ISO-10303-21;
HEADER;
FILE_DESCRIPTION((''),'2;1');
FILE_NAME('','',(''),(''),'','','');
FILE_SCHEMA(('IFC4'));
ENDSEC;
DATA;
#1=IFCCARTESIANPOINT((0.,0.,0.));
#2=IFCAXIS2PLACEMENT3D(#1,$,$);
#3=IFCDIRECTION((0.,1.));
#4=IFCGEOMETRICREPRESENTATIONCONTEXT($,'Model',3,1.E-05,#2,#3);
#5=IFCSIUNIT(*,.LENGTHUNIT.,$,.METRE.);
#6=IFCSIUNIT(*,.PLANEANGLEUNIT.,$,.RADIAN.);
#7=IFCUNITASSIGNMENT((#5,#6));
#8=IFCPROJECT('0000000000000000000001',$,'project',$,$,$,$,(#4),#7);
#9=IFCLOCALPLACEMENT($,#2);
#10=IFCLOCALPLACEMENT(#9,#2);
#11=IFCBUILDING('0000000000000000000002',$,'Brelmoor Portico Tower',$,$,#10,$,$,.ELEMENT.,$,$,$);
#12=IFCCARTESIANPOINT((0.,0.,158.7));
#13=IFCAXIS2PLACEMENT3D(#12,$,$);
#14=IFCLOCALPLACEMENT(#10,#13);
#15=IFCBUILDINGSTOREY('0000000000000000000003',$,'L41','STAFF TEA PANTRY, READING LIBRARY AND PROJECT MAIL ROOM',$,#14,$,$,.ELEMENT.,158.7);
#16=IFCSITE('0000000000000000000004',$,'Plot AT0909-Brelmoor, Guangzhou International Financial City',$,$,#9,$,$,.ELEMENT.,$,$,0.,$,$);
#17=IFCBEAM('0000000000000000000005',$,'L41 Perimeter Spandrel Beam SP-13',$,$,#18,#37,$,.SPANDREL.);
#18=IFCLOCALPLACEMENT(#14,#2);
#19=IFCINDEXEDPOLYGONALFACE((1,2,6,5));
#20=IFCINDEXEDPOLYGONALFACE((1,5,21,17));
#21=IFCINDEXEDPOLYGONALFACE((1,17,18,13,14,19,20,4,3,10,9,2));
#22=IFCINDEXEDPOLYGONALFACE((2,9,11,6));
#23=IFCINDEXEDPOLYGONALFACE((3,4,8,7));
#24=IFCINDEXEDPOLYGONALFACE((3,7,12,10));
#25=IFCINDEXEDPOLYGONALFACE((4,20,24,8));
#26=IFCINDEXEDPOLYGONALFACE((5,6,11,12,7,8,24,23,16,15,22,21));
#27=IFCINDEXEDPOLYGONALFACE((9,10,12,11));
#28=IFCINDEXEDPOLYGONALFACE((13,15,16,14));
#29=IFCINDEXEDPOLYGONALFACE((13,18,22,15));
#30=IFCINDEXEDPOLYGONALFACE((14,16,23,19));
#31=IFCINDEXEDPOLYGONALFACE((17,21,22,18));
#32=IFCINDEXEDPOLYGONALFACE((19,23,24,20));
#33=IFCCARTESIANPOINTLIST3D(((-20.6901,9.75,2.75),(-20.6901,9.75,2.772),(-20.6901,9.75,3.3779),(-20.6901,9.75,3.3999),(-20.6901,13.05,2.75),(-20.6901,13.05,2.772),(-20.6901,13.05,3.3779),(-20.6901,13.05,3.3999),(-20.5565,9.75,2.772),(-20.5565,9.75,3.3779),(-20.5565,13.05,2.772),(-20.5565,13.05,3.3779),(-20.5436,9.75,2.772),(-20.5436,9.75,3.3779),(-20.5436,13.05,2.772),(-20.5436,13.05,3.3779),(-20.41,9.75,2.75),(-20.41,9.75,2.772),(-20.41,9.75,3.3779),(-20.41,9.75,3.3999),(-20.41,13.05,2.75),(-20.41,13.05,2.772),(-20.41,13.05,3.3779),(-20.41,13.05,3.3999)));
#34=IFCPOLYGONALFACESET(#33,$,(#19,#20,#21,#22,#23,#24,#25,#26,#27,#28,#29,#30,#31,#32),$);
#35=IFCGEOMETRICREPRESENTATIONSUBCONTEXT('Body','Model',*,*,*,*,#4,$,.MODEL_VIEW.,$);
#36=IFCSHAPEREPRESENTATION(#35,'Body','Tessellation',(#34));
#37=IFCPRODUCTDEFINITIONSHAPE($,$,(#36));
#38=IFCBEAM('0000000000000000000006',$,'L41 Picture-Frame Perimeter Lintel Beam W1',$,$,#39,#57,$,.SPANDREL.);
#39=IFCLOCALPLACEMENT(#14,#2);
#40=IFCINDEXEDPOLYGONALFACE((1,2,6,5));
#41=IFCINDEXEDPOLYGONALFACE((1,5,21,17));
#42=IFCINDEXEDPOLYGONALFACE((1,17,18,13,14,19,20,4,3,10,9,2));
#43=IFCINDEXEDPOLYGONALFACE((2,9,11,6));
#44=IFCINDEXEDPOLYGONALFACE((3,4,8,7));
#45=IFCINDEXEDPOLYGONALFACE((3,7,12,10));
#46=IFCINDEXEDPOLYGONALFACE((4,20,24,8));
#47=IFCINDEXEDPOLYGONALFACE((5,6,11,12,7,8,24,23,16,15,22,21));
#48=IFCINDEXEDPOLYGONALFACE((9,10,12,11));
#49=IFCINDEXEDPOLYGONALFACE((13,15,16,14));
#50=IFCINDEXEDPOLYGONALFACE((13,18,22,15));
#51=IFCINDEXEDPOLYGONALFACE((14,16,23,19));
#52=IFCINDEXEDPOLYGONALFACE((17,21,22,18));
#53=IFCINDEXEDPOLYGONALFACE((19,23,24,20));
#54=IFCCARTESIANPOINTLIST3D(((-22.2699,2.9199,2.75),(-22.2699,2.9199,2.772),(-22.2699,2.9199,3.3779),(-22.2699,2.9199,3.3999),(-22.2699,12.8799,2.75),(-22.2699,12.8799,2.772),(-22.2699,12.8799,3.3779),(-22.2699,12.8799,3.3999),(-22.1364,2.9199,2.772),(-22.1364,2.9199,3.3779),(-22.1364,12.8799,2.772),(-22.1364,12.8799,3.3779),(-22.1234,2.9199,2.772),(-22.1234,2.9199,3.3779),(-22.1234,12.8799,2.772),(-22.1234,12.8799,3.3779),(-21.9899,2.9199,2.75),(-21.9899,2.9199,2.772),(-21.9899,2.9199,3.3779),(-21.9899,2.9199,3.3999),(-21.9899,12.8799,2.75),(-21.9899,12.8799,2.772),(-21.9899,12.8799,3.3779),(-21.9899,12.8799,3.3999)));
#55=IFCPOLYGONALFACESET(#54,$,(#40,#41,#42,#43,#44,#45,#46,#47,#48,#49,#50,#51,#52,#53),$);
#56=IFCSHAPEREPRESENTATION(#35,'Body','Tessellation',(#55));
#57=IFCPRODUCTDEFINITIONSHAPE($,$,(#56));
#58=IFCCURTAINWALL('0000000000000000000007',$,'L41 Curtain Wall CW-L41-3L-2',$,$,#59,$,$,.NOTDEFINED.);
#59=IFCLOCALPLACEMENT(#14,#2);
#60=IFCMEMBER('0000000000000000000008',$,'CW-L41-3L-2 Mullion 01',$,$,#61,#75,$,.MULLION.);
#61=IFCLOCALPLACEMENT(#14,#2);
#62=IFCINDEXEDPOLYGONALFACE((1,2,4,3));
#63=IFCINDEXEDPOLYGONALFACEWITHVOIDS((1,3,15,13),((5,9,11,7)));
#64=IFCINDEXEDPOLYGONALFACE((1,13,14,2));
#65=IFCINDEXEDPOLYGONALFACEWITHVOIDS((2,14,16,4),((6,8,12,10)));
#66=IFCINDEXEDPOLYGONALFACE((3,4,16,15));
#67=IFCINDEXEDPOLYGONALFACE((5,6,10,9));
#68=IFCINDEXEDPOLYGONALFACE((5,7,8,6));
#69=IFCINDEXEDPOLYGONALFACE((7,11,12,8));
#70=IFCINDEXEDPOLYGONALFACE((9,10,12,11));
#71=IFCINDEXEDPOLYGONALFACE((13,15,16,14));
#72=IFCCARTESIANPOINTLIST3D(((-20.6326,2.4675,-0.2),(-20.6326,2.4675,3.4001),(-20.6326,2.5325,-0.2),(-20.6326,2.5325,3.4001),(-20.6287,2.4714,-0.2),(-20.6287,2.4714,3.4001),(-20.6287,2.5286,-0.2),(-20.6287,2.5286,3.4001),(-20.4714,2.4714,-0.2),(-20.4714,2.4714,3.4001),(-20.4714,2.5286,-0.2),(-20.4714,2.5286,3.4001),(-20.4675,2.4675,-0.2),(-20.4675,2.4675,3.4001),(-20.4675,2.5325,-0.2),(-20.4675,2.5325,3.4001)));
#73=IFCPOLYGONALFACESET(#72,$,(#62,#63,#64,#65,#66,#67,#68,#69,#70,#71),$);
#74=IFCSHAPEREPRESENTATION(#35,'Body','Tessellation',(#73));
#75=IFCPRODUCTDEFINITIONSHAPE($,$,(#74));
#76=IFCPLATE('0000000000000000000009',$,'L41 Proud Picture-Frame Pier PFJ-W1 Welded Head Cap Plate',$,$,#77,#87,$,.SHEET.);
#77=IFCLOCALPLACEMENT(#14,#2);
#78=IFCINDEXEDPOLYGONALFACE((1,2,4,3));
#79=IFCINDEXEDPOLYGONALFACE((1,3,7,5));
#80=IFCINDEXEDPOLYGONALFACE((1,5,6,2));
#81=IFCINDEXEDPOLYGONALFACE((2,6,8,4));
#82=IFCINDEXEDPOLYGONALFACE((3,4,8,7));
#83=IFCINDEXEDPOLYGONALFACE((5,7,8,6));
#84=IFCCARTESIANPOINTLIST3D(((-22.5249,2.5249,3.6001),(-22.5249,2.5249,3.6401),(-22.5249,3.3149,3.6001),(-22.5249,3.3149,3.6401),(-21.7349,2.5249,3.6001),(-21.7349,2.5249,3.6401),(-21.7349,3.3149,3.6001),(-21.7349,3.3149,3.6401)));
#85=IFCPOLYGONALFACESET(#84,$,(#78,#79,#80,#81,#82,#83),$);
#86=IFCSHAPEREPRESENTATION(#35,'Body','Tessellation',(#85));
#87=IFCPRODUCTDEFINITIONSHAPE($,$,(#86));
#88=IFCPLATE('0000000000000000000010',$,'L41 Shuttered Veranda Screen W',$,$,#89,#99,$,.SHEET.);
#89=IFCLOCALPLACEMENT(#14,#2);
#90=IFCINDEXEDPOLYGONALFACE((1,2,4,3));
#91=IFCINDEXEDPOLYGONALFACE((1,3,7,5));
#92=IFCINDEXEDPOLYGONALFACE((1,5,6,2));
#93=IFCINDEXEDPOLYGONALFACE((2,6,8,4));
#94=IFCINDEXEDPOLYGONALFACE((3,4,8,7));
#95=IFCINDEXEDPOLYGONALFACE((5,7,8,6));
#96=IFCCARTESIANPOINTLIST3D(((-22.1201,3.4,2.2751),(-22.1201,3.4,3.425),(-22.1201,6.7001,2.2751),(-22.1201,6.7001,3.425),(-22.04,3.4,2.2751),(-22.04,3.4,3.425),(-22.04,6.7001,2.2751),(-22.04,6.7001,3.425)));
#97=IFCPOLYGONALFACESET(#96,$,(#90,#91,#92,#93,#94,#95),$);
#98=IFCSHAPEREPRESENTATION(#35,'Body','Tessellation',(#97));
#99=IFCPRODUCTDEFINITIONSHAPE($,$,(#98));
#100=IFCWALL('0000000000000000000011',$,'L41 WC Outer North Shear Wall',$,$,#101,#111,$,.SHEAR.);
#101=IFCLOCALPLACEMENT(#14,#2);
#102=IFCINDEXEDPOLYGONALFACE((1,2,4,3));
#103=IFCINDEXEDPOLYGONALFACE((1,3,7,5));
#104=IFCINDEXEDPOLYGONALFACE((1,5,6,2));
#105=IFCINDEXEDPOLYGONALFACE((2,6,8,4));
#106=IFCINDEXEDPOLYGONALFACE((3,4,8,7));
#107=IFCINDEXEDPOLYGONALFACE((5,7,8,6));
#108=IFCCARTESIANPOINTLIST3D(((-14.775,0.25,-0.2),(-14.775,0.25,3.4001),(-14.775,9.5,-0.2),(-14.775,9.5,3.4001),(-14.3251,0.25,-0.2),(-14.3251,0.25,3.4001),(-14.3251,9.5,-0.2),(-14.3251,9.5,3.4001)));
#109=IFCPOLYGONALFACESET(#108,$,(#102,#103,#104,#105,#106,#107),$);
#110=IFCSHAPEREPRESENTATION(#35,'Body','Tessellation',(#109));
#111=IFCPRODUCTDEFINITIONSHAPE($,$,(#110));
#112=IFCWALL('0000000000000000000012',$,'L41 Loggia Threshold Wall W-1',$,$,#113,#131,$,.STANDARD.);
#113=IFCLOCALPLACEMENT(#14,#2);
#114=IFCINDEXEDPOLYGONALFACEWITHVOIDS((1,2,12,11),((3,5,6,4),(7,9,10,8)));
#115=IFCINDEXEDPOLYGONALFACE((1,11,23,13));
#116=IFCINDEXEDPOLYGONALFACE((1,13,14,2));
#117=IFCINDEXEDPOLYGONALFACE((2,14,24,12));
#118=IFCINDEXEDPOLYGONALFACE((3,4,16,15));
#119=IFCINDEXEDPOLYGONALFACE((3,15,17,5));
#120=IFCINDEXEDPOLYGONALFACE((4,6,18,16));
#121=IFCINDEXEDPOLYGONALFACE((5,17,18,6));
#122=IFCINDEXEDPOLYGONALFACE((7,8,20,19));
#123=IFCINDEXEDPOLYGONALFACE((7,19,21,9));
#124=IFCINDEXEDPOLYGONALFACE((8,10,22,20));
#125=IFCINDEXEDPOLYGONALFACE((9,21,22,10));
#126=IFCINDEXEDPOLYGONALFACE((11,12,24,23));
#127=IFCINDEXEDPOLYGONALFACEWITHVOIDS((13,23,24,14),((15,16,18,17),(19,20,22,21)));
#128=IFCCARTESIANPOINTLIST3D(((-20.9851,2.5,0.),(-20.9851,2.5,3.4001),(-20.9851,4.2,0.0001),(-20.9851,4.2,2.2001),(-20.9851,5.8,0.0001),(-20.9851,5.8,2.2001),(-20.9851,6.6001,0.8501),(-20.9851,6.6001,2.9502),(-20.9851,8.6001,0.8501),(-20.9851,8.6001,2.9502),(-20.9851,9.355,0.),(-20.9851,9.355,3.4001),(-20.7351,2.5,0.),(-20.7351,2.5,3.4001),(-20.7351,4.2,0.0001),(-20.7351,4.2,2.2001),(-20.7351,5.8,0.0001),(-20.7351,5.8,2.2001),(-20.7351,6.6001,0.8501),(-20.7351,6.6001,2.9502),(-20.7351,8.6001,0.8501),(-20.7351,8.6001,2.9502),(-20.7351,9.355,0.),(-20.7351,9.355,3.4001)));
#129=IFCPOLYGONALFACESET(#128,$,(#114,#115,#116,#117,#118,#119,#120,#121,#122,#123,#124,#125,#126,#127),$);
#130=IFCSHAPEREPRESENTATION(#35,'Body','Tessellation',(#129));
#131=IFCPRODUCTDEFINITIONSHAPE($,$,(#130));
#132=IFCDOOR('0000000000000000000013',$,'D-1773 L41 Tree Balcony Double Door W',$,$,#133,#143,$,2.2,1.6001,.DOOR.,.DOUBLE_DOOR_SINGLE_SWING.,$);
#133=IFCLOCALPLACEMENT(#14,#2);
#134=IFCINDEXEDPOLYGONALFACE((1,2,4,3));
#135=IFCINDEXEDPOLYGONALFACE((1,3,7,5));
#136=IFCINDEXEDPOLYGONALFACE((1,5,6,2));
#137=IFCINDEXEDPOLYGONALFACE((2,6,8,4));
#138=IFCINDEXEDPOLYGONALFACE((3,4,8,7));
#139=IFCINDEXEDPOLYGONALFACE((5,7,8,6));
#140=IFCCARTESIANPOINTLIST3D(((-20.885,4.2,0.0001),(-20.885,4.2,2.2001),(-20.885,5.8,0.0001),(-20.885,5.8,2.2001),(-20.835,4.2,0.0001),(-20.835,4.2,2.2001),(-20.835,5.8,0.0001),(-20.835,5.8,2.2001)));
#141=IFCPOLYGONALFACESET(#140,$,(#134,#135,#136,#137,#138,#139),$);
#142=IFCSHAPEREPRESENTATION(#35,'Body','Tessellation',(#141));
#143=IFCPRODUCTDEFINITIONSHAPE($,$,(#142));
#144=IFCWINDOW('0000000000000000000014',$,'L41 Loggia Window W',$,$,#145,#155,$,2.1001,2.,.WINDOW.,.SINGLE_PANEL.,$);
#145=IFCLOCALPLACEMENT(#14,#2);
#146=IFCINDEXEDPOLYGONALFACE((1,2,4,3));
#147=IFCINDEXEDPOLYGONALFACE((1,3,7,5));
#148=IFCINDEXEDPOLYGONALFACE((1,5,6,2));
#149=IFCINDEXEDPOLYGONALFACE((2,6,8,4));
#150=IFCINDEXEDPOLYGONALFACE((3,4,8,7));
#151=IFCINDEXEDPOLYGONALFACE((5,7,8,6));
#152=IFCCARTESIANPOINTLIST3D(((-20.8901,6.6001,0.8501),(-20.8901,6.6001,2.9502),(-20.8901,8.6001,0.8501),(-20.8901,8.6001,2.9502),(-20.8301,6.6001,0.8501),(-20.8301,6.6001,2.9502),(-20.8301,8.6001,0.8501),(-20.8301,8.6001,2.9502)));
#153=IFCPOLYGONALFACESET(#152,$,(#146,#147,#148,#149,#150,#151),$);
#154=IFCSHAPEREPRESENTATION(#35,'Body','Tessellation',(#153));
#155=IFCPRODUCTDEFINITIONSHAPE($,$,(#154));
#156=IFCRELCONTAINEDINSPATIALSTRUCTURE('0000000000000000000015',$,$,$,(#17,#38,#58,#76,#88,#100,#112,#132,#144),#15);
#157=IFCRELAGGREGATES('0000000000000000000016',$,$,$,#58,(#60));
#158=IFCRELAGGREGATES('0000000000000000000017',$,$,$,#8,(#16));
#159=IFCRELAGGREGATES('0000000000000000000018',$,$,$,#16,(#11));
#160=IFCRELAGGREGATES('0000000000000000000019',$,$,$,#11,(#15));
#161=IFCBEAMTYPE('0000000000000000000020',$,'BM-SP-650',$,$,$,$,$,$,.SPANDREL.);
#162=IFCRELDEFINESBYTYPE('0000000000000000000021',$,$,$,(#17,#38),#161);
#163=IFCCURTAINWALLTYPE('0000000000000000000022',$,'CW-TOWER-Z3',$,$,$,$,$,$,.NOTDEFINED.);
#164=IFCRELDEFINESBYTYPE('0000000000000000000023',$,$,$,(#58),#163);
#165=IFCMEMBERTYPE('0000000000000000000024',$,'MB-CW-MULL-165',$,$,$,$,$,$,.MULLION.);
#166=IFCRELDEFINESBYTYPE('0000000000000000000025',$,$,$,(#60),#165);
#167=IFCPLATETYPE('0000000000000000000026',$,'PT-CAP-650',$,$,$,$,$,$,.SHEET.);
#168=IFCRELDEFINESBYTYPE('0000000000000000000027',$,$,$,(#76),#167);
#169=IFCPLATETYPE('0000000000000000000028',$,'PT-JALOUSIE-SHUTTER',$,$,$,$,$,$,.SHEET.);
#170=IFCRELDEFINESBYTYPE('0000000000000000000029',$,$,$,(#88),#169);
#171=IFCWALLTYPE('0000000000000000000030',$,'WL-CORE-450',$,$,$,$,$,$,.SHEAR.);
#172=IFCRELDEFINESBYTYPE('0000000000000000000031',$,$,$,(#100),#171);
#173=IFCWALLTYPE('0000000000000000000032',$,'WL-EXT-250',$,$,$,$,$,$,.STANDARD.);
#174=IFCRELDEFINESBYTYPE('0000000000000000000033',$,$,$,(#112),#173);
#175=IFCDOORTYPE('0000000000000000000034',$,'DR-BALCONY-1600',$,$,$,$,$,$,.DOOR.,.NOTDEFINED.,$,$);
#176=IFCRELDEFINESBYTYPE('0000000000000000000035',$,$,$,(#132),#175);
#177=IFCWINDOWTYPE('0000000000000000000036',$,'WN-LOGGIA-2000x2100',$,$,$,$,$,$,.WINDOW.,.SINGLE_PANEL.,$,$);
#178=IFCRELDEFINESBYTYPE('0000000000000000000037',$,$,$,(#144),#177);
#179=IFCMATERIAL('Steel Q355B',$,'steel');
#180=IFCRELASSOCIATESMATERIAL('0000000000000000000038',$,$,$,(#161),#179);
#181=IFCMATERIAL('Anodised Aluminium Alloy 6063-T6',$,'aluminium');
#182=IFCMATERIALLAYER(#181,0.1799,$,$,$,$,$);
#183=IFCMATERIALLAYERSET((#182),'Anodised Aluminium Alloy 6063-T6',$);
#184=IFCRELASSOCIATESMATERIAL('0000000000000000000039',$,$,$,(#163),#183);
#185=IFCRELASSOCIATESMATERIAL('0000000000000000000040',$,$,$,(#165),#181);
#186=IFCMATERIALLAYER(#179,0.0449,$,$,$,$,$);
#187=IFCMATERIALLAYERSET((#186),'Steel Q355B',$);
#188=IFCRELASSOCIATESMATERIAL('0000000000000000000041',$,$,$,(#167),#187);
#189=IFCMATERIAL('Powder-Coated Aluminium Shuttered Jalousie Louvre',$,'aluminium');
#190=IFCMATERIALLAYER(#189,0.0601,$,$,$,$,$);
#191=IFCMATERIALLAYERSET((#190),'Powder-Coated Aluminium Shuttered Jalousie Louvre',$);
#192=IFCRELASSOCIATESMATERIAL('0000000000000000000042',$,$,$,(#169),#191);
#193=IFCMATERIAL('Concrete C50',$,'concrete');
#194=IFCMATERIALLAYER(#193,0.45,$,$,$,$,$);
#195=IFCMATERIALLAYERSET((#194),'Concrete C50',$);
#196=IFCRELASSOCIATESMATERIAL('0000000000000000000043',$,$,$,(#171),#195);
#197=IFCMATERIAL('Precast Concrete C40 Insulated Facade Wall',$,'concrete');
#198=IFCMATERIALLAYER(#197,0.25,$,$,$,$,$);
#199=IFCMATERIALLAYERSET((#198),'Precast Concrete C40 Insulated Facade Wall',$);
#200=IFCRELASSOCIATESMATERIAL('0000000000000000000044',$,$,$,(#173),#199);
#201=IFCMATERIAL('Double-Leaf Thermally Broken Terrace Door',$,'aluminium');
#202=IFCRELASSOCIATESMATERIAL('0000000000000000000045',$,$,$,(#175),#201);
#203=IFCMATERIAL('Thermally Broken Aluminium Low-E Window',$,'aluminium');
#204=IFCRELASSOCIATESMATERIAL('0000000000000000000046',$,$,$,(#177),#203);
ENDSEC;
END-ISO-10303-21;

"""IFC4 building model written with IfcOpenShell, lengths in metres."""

from ifc_helpers import new_model, si_unit, direction, frame, frame_2d, origin, origin_2d, place, context, subcontext, project, spatial, rectangle, hollow_rectangle, i_section, extrude, material, layer, layer_set, material_profile, profile_set, type_object, element, fill, aggregate, save


model = new_model("IFC4")

# Units and contexts
model_context = context("Model", 3, precision=1e-05, world=origin(), true_north=direction((0.0, 1.0)))
body_context = subcontext(model_context, "Body", "Model", "MODEL_VIEW")
ifc_project = project(units=[si_unit("LENGTHUNIT", "METRE"), si_unit("PLANEANGLEUNIT", "RADIAN")], contexts=[model_context])

# Site, building, storey
site_placement = place(None, origin())
site = spatial("IfcSite", under=ifc_project, at=site_placement, Name="Plot AT0909-Brelmoor, Guangzhou International Financial City", CompositionType="ELEMENT", RefElevation=0.0)
building_placement = place(site_placement, origin())
building = spatial("IfcBuilding", under=site, at=building_placement, Name="Brelmoor Portico Tower", CompositionType="ELEMENT")
storey_placement = place(building_placement, frame((0.0, 0.0, 158.7)))
storey = spatial("IfcBuildingStorey", under=building, at=storey_placement, Name="L41", Description="STAFF TEA PANTRY, READING LIBRARY AND PROJECT MAIL ROOM", CompositionType="ELEMENT", Elevation=158.7)

# Shared definitions
ifc_material_1 = material(Name="Steel Q355B", Category="steel")

# Beams
ifc_material_profile_1 = material_profile(ifc_material_1, i_section(OverallWidth=0.28, OverallDepth=0.6499, WebThickness=0.0129, FlangeThickness=0.022, at=origin_2d()), Name="HN 650x280x13x22")
ifc_profile_set_1 = profile_set([ifc_material_profile_1], Name="Steel Q355B")
beam_type_1 = type_object("IfcBeamType", Name="BM-SP-650", PredefinedType="SPANDREL", material=ifc_profile_set_1)
beam_1_placement = place(storey_placement, frame((-20.55, 9.75, 3.075), z_axis=(0.0, 1.0, 0.0), x_axis=(-1.0, 0.0, 0.0)))
element("IfcBeam", 1, at=beam_1_placement, inside=storey, type_object=beam_type_1, Name="L41 Perimeter Spandrel Beam SP-13", PredefinedType="SPANDREL", context=body_context, shape_type="SweptSolid", body=[
    extrude(i_section(OverallWidth=0.28, OverallDepth=0.6499, WebThickness=0.0129, FlangeThickness=0.022, at=origin_2d()), origin(), (0.0, 0.0, 1.0), 3.3),
])
beam_2_placement = place(storey_placement, frame((-22.1299, 2.9199, 3.075), z_axis=(0.0, 1.0, 0.0), x_axis=(-1.0, 0.0, 0.0)))
element("IfcBeam", 2, at=beam_2_placement, inside=storey, type_object=beam_type_1, Name="L41 Picture-Frame Perimeter Lintel Beam W1", PredefinedType="SPANDREL", context=body_context, shape_type="SweptSolid", body=[
    extrude(i_section(OverallWidth=0.28, OverallDepth=0.6499, WebThickness=0.0129, FlangeThickness=0.022, at=origin_2d()), origin(), (0.0, 0.0, 1.0), 9.96),
])

# Curtain wall, member
ifc_material_2 = material(Name="Anodised Aluminium Alloy 6063-T6", Category="aluminium")
ifc_layer_1 = layer(ifc_material_2, 0.1799)
ifc_layer_set_1 = layer_set([ifc_layer_1], Name="Anodised Aluminium Alloy 6063-T6")
curtain_wall_type = type_object("IfcCurtainWallType", Name="CW-TOWER-Z3", PredefinedType="NOTDEFINED", material=ifc_layer_set_1)
curtain_wall_placement = place(storey_placement, origin())
curtain_wall = element("IfcCurtainWall", 3, at=curtain_wall_placement, inside=storey, type_object=curtain_wall_type, Name="L41 Curtain Wall CW-L41-3L-2", PredefinedType="NOTDEFINED")
ifc_material_profile_2 = material_profile(ifc_material_2, hollow_rectangle(XDim=0.0649, YDim=0.165, WallThickness=0.0039, at=origin_2d()), Name="ALU MULLION 65x165")
ifc_profile_set_2 = profile_set([ifc_material_profile_2], Name="Anodised Aluminium Alloy 6063-T6")
member_type = type_object("IfcMemberType", Name="MB-CW-MULL-165", PredefinedType="MULLION", material=ifc_profile_set_2)
member_placement = place(storey_placement, frame((-20.55, 2.5, -0.2), z_axis=(0.0, 0.0, 1.0), x_axis=(0.0, 1.0, 0.0)))
member = element("IfcMember", 4, at=member_placement, type_object=member_type, Name="CW-L41-3L-2 Mullion 01", PredefinedType="MULLION", context=body_context, shape_type="SweptSolid", body=[
    extrude(hollow_rectangle(XDim=0.0649, YDim=0.165, WallThickness=0.0039, at=origin_2d()), origin(), (0.0, 0.0, 1.0), 3.6001),
])
aggregate(curtain_wall, [member])

# Plates
ifc_layer_2 = layer(ifc_material_1, 0.0449)
ifc_layer_set_2 = layer_set([ifc_layer_2], Name="Steel Q355B")
plate_type_1 = type_object("IfcPlateType", Name="PT-CAP-650", PredefinedType="SHEET", material=ifc_layer_set_2)
plate_1_placement = place(storey_placement, frame((-22.1299, 2.9199, 3.6001), z_axis=(0.0, 0.0, 1.0), x_axis=(0.0, 1.0, 0.0)))
element("IfcPlate", 5, at=plate_1_placement, inside=storey, type_object=plate_type_1, Name="L41 Proud Picture-Frame Pier PFJ-W1 Welded Head Cap Plate", PredefinedType="SHEET", context=body_context, shape_type="SweptSolid", body=[
    extrude(rectangle(XDim=0.79, YDim=0.79, at=origin_2d()), origin(), (0.0, 0.0, 1.0), 0.04),
])
ifc_material_3 = material(Name="Powder-Coated Aluminium Shuttered Jalousie Louvre", Category="aluminium")
ifc_layer_3 = layer(ifc_material_3, 0.0601)
ifc_layer_set_3 = layer_set([ifc_layer_3], Name="Powder-Coated Aluminium Shuttered Jalousie Louvre")
plate_type_2 = type_object("IfcPlateType", Name="PT-JALOUSIE-SHUTTER", PredefinedType="SHEET", material=ifc_layer_set_3)
plate_2_placement = place(storey_placement, frame((-22.0801, 5.05, 2.2751), z_axis=(0.0, 0.0, 1.0), x_axis=(0.0, 1.0, 0.0)))
element("IfcPlate", 6, at=plate_2_placement, inside=storey, type_object=plate_type_2, Name="L41 Shuttered Veranda Screen W", PredefinedType="SHEET", context=body_context, shape_type="SweptSolid", body=[
    extrude(rectangle(XDim=3.3, YDim=0.0801, at=origin_2d()), origin(), (0.0, 0.0, 1.0), 1.1499),
])

# Wall
ifc_material_4 = material(Name="Concrete C50", Category="concrete")
ifc_layer_4 = layer(ifc_material_4, 0.45)
ifc_layer_set_4 = layer_set([ifc_layer_4], Name="Concrete C50")
wall_type_1 = type_object("IfcWallType", Name="WL-CORE-450", PredefinedType="SHEAR", material=ifc_layer_set_4)
wall_1_placement = place(storey_placement, frame((-14.55, 0.25, -0.2), z_axis=(0.0, 0.0, 1.0), x_axis=(0.0, 1.0, 0.0)))
element("IfcWall", 7, at=wall_1_placement, inside=storey, type_object=wall_type_1, Name="L41 WC Outer North Shear Wall", PredefinedType="SHEAR", context=body_context, shape_type="SweptSolid", body=[
    extrude(rectangle(XDim=9.25, YDim=0.45, at=frame_2d((4.625, 0.0))), origin(), (0.0, 0.0, 1.0), 3.6001),
])

# Wall, openings, door, window
ifc_material_5 = material(Name="Precast Concrete C40 Insulated Facade Wall", Category="concrete")
ifc_layer_5 = layer(ifc_material_5, 0.25)
ifc_layer_set_5 = layer_set([ifc_layer_5], Name="Precast Concrete C40 Insulated Facade Wall")
wall_type_2 = type_object("IfcWallType", Name="WL-EXT-250", PredefinedType="STANDARD", material=ifc_layer_set_5)
wall_2_placement = place(storey_placement, frame((-20.8601, 2.5, 0.0), z_axis=(0.0, 0.0, 1.0), x_axis=(0.0, 1.0, 0.0)))
wall_2 = element("IfcWall", 8, at=wall_2_placement, inside=storey, type_object=wall_type_2, Name="L41 Loggia Threshold Wall W-1", PredefinedType="STANDARD", context=body_context, shape_type="SweptSolid", body=[
    extrude(rectangle(XDim=6.855, YDim=0.25, at=frame_2d((3.4275, 0.0))), origin(), (0.0, 0.0, 1.0), 3.4001),
])
opening_1_placement = place(wall_2_placement, frame((1.7, 0.0, 0.0)))
opening_1 = element("IfcOpeningElement", 9, at=opening_1_placement, cuts=wall_2, PredefinedType="OPENING", context=body_context, shape_type="SweptSolid", body=[
    extrude(rectangle(XDim=1.6001, YDim=2.2, at=frame_2d((0.8, 1.1001))), frame((0.0, 0.135, 0.0), z_axis=(0.0, -1.0, 0.0), x_axis=(1.0, 0.0, 0.0)), (0.0, 0.0, 1.0), 0.27),
])
opening_2_placement = place(wall_2_placement, frame((4.1001, 0.0, 0.8501)))
opening_2 = element("IfcOpeningElement", 10, at=opening_2_placement, cuts=wall_2, PredefinedType="OPENING", context=body_context, shape_type="SweptSolid", body=[
    extrude(rectangle(XDim=2.0, YDim=2.1001, at=frame_2d((1.0, 1.05))), frame((0.0, 0.135, 0.0), z_axis=(0.0, -1.0, 0.0), x_axis=(1.0, 0.0, 0.0)), (0.0, 0.0, 1.0), 0.27),
])
ifc_material_6 = material(Name="Double-Leaf Thermally Broken Terrace Door", Category="aluminium")
door_type = type_object("IfcDoorType", Name="DR-BALCONY-1600", OperationType="NOTDEFINED", PredefinedType="DOOR", material=ifc_material_6)
door_placement = place(opening_1_placement, origin())
door = element("IfcDoor", 11, at=door_placement, inside=storey, type_object=door_type, Name="D-1773 L41 Tree Balcony Double Door W", OperationType="DOUBLE_DOOR_SINGLE_SWING", OverallHeight=2.2, OverallWidth=1.6001, PredefinedType="DOOR", context=body_context, shape_type="SweptSolid", body=[
    extrude(rectangle(XDim=1.6001, YDim=2.2, at=frame_2d((0.8, 1.1001))), frame((0.0, 0.0249, 0.0), z_axis=(0.0, -1.0, 0.0), x_axis=(1.0, 0.0, 0.0)), (0.0, 0.0, 1.0), 0.05),
])
fill(opening_1, door)
ifc_material_7 = material(Name="Thermally Broken Aluminium Low-E Window", Category="aluminium")
window_type = type_object("IfcWindowType", Name="WN-LOGGIA-2000x2100", PartitioningType="SINGLE_PANEL", PredefinedType="WINDOW", material=ifc_material_7)
window_placement = place(opening_2_placement, origin())
window = element("IfcWindow", 12, at=window_placement, inside=storey, type_object=window_type, Name="L41 Loggia Window W", OverallHeight=2.1001, OverallWidth=2.0, PartitioningType="SINGLE_PANEL", PredefinedType="WINDOW", context=body_context, shape_type="SweptSolid", body=[
    extrude(rectangle(XDim=2.0, YDim=2.1001, at=frame_2d((1.0, 1.05))), frame((0.0, 0.03, 0.0), z_axis=(0.0, -1.0, 0.0), x_axis=(1.0, 0.0, 0.0)), (0.0, 0.0, 1.0), 0.0601),
])
fill(opening_2, window)

save(model, "model.ifc")
